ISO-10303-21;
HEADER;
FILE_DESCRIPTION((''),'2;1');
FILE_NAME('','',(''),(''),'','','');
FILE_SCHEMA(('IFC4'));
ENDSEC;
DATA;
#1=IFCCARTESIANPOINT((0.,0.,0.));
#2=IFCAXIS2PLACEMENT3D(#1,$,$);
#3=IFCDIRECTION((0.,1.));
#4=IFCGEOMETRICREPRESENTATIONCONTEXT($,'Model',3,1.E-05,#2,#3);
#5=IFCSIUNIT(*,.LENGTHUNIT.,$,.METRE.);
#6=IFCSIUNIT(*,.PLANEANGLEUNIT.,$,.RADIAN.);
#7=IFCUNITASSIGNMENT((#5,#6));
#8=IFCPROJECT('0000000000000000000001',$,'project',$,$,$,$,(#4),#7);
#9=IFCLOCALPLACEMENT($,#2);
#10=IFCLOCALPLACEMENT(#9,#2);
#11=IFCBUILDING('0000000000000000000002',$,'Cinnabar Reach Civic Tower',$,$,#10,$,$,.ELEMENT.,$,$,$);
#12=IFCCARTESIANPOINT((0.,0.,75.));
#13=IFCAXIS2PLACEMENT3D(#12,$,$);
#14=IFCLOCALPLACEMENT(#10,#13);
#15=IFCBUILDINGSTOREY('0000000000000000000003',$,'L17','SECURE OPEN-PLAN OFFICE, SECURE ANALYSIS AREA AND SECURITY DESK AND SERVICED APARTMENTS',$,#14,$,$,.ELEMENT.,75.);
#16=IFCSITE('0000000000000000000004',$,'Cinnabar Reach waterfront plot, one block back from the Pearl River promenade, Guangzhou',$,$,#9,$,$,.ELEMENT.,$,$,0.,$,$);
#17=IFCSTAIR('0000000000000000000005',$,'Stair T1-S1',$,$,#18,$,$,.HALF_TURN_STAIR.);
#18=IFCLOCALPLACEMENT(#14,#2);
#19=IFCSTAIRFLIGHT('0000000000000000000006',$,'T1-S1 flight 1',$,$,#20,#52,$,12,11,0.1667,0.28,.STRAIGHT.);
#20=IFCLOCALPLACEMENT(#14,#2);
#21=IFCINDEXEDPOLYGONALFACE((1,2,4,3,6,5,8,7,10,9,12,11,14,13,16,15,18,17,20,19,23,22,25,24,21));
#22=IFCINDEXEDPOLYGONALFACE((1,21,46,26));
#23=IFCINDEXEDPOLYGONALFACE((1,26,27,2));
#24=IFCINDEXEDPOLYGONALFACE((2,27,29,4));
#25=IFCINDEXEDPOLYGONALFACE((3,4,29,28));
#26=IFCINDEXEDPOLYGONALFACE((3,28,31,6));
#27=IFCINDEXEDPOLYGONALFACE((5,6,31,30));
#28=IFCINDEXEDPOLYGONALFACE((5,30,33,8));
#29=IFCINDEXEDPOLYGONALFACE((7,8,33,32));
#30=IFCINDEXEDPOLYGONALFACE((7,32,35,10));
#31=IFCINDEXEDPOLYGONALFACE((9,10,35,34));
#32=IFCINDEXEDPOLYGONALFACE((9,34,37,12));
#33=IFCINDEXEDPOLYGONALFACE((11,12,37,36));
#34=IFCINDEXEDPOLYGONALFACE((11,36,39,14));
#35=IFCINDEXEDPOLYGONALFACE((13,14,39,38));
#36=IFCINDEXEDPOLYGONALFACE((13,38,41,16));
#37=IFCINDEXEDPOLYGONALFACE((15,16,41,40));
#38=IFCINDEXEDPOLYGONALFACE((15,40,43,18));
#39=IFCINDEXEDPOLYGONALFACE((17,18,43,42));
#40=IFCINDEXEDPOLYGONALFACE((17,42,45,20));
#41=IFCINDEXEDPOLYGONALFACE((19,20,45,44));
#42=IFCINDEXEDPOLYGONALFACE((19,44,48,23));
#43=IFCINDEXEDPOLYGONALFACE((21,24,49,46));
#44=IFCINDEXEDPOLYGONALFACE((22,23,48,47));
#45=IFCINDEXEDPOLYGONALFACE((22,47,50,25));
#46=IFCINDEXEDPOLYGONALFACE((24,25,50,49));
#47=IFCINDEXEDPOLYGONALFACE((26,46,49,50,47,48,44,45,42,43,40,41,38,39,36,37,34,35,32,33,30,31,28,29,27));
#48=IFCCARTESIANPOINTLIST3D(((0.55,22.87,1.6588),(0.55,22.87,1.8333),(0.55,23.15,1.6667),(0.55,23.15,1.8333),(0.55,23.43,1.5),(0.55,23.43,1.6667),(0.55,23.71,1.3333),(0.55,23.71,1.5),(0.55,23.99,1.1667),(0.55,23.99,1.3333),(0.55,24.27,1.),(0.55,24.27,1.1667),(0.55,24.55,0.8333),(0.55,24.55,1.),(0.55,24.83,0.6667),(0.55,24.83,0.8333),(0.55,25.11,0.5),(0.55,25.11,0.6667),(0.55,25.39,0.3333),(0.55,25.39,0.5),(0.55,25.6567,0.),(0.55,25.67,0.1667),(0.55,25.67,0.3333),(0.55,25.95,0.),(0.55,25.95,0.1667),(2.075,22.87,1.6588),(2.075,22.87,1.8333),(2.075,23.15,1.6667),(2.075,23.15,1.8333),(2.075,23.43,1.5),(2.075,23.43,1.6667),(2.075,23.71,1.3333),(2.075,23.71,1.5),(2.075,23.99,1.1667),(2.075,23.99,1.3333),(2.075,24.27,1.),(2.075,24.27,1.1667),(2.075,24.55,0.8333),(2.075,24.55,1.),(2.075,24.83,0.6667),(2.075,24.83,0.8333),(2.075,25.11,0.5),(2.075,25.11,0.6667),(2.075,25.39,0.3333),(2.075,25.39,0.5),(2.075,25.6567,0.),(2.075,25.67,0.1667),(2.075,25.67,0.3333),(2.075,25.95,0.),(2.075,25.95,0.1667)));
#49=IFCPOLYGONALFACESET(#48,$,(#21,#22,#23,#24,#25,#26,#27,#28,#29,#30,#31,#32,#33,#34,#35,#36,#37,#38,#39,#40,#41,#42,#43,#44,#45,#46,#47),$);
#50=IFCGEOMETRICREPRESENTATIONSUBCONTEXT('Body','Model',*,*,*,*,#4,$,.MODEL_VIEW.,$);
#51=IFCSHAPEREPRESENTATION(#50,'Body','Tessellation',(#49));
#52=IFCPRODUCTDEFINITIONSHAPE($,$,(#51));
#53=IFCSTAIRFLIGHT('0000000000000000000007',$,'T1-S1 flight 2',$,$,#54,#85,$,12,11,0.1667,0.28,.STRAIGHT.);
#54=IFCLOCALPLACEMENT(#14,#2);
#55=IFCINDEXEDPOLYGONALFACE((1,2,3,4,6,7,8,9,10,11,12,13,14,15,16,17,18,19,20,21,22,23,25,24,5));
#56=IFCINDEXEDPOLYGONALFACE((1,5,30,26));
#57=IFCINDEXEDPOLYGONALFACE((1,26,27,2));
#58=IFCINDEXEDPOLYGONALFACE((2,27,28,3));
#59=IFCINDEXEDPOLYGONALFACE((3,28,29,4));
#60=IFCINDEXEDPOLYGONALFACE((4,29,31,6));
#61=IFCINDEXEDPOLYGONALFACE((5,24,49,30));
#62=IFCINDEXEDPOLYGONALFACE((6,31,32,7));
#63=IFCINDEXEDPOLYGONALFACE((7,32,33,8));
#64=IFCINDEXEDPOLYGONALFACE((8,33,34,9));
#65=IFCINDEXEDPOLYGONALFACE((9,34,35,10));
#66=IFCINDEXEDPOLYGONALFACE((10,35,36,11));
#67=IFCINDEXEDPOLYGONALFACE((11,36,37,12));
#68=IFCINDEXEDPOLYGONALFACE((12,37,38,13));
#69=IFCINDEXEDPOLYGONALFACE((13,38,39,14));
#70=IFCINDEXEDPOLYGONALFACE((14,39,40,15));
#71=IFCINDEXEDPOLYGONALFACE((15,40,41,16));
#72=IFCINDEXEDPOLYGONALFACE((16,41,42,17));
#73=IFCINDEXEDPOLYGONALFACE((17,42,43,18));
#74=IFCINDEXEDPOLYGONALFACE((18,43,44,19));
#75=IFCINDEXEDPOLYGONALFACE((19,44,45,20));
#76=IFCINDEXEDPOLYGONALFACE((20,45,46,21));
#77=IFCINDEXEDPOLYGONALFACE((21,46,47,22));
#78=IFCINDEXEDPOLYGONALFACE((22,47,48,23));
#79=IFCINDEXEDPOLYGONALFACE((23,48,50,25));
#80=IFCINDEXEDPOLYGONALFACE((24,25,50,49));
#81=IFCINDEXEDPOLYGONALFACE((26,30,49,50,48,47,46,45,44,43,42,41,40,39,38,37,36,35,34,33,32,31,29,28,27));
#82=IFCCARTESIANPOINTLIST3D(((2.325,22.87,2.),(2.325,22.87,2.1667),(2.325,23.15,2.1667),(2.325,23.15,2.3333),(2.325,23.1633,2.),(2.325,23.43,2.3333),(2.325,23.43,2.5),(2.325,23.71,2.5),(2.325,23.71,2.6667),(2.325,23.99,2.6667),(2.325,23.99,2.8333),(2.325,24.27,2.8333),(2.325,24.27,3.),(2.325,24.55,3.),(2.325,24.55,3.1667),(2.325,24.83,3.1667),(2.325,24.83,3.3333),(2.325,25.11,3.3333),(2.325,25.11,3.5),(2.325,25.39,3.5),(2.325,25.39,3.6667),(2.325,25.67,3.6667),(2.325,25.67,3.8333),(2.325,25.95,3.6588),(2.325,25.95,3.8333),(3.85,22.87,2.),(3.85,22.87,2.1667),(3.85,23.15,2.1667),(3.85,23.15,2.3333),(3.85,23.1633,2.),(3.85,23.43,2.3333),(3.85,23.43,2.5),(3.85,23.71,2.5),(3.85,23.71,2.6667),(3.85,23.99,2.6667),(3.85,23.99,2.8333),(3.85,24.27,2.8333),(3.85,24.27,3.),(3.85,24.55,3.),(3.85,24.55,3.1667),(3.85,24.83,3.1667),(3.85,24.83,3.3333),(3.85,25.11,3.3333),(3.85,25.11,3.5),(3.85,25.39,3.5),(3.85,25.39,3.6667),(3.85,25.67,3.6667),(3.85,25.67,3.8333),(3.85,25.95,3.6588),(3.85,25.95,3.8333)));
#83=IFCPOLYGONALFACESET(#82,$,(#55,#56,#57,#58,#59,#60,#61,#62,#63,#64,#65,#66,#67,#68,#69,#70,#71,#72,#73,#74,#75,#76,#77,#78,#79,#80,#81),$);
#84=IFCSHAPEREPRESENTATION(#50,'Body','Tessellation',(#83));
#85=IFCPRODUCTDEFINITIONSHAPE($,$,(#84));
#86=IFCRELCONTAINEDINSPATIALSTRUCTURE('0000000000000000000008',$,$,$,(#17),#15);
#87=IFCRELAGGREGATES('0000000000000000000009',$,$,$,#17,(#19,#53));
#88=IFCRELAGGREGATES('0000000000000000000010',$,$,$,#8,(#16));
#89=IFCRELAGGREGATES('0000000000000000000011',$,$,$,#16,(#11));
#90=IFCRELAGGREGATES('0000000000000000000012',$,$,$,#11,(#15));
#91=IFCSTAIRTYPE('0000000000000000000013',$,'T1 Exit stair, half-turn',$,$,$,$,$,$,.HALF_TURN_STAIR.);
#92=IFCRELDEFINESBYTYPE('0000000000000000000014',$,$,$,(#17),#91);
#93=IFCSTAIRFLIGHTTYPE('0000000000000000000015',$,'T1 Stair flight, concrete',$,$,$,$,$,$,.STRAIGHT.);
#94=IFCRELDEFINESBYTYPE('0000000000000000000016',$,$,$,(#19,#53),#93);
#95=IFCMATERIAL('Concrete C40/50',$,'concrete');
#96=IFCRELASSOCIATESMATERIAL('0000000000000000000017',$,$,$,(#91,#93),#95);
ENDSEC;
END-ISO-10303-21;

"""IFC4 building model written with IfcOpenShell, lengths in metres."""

from ifc_helpers import new_model, si_unit, direction, frame, origin, place, context, subcontext, project, spatial, polyline, outline, extrude, material, type_object, element, aggregate, save


model = new_model("IFC4")

# Units and contexts
model_context = context("Model", 3, precision=1e-05, world=origin(), true_north=direction((0.0, 1.0)))
body_context = subcontext(model_context, "Body", "Model", "MODEL_VIEW")
ifc_project = project(units=[si_unit("LENGTHUNIT", "METRE"), si_unit("PLANEANGLEUNIT", "RADIAN")], contexts=[model_context])

# Site, building, storey
site_placement = place(None, origin())
site = spatial("IfcSite", under=ifc_project, at=site_placement, Name="Cinnabar Reach waterfront plot, one block back from the Pearl River promenade, Guangzhou", CompositionType="ELEMENT", RefElevation=0.0)
building_placement = place(site_placement, origin())
building = spatial("IfcBuilding", under=site, at=building_placement, Name="Cinnabar Reach Civic Tower", CompositionType="ELEMENT")
storey_placement = place(building_placement, frame((0.0, 0.0, 75.0)))
storey = spatial("IfcBuildingStorey", under=building, at=storey_placement, Name="L17", Description="SECURE OPEN-PLAN OFFICE, SECURE ANALYSIS AREA AND SECURITY DESK AND SERVICED APARTMENTS", CompositionType="ELEMENT", Elevation=75.0)

# Stair, stair flights
ifc_material_1 = material(Name="Concrete C40/50", Category="concrete")
stair_type = type_object("IfcStairType", Name="T1 Exit stair, half-turn", PredefinedType="HALF_TURN_STAIR", material=ifc_material_1)
stair_placement = place(storey_placement, origin())
stair = element("IfcStair", 1, at=stair_placement, inside=storey, type_object=stair_type, Name="Stair T1-S1", PredefinedType="HALF_TURN_STAIR")
stair_flight_type = type_object("IfcStairFlightType", Name="T1 Stair flight, concrete", PredefinedType="STRAIGHT", material=ifc_material_1)
stair_flight_1_placement = place(storey_placement, frame((1.3125, 25.95, 0.0), z_axis=(0.0, 0.0, 1.0), x_axis=(0.0, -1.0, 0.0)))
stair_flight_1 = element("IfcStairFlight", 2, at=stair_flight_1_placement, type_object=stair_flight_type, Name="T1-S1 flight 1", NumberOfRisers=12, NumberOfTreads=11, PredefinedType="STRAIGHT", RiserHeight=0.1667, TreadLength=0.28, context=body_context, shape_type="SweptSolid", body=[
    extrude(outline(polyline([(0.0, 0.0), (0.0, 0.1667), (0.28, 0.1667), (0.28, 0.3333), (0.56, 0.3333), (0.56, 0.5), (0.84, 0.5), (0.84, 0.6667), (1.12, 0.6667), (1.12, 0.8333), (1.4, 0.8333), (1.4, 1.0), (1.68, 1.0), (1.68, 1.1667), (1.96, 1.1667), (1.96, 1.3333), (2.24, 1.3333), (2.24, 1.5), (2.52, 1.5), (2.52, 1.6667), (2.8, 1.6667), (2.8, 1.8333), (3.08, 1.8333), (3.08, 2.0), (3.08, 1.6588), (0.2933, 0.0), (0.0, 0.0)])), frame((0.0, 0.7625, 0.0), z_axis=(0.0, -1.0, 0.0), x_axis=(1.0, 0.0, 0.0)), (0.0, 0.0, 1.0), 1.525),
])
stair_flight_2_placement = place(storey_placement, frame((3.0875, 22.87, 2.0), z_axis=(0.0, 0.0, 1.0), x_axis=(0.0, 1.0, 0.0)))
stair_flight_2 = element("IfcStairFlight", 3, at=stair_flight_2_placement, type_object=stair_flight_type, Name="T1-S1 flight 2", NumberOfRisers=12, NumberOfTreads=11, PredefinedType="STRAIGHT", RiserHeight=0.1667, TreadLength=0.28, context=body_context, shape_type="SweptSolid", body=[
    extrude(outline(polyline([(0.0, 0.0), (0.0, 0.1667), (0.28, 0.1667), (0.28, 0.3333), (0.56, 0.3333), (0.56, 0.5), (0.84, 0.5), (0.84, 0.6667), (1.12, 0.6667), (1.12, 0.8333), (1.4, 0.8333), (1.4, 1.0), (1.68, 1.0), (1.68, 1.1667), (1.96, 1.1667), (1.96, 1.3333), (2.24, 1.3333), (2.24, 1.5), (2.52, 1.5), (2.52, 1.6667), (2.8, 1.6667), (2.8, 1.8333), (3.08, 1.8333), (3.08, 2.0), (3.08, 1.6588), (0.2933, 0.0), (0.0, 0.0)])), frame((0.0, 0.7625, 0.0), z_axis=(0.0, -1.0, 0.0), x_axis=(1.0, 0.0, 0.0)), (0.0, 0.0, 1.0), 1.525),
])
aggregate(stair, [stair_flight_1, stair_flight_2])

save(model, "model.ifc")
